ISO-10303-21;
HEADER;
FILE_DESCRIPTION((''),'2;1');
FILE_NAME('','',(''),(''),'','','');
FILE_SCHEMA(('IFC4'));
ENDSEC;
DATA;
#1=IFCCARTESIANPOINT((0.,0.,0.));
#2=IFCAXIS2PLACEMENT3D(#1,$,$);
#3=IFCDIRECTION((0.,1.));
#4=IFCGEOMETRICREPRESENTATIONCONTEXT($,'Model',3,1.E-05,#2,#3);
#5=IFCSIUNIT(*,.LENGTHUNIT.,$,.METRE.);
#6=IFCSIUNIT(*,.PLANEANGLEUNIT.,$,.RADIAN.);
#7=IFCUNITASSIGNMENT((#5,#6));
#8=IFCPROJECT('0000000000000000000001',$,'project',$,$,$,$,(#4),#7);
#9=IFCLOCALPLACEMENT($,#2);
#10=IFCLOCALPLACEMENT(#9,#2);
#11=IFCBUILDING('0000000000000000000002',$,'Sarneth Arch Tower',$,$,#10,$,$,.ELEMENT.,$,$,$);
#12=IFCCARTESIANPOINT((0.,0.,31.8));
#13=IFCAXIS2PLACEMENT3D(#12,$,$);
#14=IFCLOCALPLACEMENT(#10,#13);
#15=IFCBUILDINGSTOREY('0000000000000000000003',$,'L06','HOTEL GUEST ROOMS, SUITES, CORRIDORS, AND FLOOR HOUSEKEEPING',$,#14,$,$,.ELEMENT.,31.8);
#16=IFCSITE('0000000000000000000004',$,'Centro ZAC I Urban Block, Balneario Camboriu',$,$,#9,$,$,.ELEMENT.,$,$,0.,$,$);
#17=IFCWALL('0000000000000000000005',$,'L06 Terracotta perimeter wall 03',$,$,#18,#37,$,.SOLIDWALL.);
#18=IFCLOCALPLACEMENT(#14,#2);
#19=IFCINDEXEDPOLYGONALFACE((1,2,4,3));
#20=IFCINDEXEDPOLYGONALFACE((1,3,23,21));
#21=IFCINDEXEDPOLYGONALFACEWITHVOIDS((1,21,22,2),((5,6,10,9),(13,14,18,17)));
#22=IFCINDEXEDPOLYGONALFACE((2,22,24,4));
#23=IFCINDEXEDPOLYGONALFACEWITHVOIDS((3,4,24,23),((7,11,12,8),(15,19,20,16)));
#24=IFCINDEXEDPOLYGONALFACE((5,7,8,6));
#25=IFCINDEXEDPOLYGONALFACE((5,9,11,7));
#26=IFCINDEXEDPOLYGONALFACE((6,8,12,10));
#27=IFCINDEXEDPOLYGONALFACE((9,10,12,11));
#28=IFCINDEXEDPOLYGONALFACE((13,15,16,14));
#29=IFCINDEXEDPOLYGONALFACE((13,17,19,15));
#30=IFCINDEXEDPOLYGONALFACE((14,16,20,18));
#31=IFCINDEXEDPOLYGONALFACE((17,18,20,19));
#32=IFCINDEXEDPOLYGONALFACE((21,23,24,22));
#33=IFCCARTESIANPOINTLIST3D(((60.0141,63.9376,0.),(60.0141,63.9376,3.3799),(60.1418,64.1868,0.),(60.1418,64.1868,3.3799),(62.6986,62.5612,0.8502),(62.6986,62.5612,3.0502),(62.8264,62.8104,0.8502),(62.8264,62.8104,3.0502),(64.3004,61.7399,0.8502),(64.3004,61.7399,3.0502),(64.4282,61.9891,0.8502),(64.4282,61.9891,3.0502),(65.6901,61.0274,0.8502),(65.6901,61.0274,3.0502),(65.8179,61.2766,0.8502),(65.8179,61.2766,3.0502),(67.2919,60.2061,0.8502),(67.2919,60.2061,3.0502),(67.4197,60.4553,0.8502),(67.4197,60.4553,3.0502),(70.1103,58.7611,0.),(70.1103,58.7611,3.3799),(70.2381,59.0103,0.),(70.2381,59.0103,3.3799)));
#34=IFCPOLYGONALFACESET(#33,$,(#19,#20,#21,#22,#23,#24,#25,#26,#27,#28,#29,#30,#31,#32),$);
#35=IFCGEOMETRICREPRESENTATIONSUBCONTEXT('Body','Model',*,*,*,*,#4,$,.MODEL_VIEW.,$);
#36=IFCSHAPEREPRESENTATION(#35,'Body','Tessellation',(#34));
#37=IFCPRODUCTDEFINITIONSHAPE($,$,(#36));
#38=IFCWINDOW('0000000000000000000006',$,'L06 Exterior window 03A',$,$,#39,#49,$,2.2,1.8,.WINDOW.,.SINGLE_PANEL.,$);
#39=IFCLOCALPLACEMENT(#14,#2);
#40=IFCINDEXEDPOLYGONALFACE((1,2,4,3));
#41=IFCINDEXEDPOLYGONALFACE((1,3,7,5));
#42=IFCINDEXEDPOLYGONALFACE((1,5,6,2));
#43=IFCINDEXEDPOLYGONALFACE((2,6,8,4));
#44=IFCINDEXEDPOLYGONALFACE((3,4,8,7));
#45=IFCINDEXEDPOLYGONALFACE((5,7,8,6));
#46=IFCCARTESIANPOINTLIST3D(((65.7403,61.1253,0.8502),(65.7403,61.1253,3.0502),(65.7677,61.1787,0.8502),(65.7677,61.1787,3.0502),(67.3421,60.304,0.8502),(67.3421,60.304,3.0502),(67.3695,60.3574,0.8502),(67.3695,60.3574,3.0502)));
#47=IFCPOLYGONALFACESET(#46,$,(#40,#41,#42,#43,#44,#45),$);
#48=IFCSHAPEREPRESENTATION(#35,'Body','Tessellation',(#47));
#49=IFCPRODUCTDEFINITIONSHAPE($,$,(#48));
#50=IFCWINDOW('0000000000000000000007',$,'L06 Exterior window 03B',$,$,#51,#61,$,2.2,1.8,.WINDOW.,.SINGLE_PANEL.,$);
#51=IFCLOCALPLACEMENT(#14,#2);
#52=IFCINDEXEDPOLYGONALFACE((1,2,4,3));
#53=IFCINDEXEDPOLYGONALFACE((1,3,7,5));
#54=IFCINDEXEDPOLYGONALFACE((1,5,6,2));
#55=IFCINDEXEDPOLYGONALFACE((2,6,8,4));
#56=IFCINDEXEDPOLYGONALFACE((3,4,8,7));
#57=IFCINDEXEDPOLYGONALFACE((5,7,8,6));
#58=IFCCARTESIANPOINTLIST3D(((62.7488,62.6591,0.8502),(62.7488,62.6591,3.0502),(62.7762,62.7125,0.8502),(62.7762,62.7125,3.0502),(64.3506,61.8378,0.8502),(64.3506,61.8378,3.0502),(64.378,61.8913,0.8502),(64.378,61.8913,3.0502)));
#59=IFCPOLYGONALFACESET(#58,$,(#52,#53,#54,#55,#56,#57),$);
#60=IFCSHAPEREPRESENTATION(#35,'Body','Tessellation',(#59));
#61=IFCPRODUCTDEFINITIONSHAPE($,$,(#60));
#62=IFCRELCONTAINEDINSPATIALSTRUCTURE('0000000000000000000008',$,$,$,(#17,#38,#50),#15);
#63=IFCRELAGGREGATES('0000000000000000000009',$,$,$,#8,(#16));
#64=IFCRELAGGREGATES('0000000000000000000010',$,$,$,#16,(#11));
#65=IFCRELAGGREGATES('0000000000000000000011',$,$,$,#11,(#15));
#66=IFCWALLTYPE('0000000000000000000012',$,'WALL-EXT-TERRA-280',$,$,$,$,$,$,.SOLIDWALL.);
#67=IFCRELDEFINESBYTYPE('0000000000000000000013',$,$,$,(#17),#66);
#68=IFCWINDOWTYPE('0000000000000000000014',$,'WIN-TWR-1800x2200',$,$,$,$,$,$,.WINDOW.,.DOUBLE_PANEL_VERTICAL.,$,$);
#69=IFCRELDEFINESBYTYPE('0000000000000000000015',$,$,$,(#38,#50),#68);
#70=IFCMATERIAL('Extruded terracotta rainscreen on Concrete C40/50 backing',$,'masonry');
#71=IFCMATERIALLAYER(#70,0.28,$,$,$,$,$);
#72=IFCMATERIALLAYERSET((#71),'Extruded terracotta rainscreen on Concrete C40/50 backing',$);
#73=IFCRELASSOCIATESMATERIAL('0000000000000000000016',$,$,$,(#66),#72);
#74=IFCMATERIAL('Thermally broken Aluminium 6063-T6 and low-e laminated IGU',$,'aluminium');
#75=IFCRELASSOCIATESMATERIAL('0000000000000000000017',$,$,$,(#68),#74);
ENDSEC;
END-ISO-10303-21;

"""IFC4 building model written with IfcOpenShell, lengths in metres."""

from ifc_helpers import new_model, si_unit, direction, frame, frame_2d, origin, place, context, subcontext, project, spatial, rectangle, extrude, material, layer, layer_set, type_object, element, fill, save


model = new_model("IFC4")

# Units and contexts
model_context = context("Model", 3, precision=1e-05, world=origin(), true_north=direction((0.0, 1.0)))
body_context = subcontext(model_context, "Body", "Model", "MODEL_VIEW")
ifc_project = project(units=[si_unit("LENGTHUNIT", "METRE"), si_unit("PLANEANGLEUNIT", "RADIAN")], contexts=[model_context])

# Site, building, storey
site_placement = place(None, origin())
site = spatial("IfcSite", under=ifc_project, at=site_placement, Name="Centro ZAC I Urban Block, Balneario Camboriu", CompositionType="ELEMENT", RefElevation=0.0)
building_placement = place(site_placement, origin())
building = spatial("IfcBuilding", under=site, at=building_placement, Name="Sarneth Arch Tower", CompositionType="ELEMENT")
storey_placement = place(building_placement, frame((0.0, 0.0, 31.8)))
storey = spatial("IfcBuildingStorey", under=building, at=storey_placement, Name="L06", Description="HOTEL GUEST ROOMS, SUITES, CORRIDORS, AND FLOOR HOUSEKEEPING", CompositionType="ELEMENT", Elevation=31.8)

# Wall, openings, windows
ifc_material_1 = material(Name="Extruded terracotta rainscreen on Concrete C40/50 backing", Category="masonry")
ifc_layer_1 = layer(ifc_material_1, 0.28)
ifc_layer_set_1 = layer_set([ifc_layer_1], Name="Extruded terracotta rainscreen on Concrete C40/50 backing")
wall_type = type_object("IfcWallType", Name="WALL-EXT-TERRA-280", PredefinedType="SOLIDWALL", material=ifc_layer_set_1)
wall_placement = place(storey_placement, frame((70.1741, 58.8857, 0.0), z_axis=(0.0, 0.0, 1.0), x_axis=(-0.889854, 0.456245, 0.0)))
wall = element("IfcWall", 1, at=wall_placement, inside=storey, type_object=wall_type, Name="L06 Terracotta perimeter wall 03", PredefinedType="SOLIDWALL", context=body_context, shape_type="SweptSolid", body=[
    extrude(rectangle(XDim=11.3459, YDim=0.28, at=frame_2d((5.6729, 0.0))), origin(), (0.0, 0.0, 1.0), 3.3799),
])
opening_1_placement = place(wall_placement, frame((3.1672, 0.0, 0.8501)))
opening_1 = element("IfcOpeningElement", 2, at=opening_1_placement, cuts=wall, PredefinedType="OPENING", context=body_context, shape_type="SweptSolid", body=[
    extrude(rectangle(XDim=1.8, YDim=2.2, at=frame_2d((0.8999, 1.1001))), frame((0.0, 0.1499, 0.0), z_axis=(0.0, -1.0, 0.0), x_axis=(1.0, 0.0, 0.0)), (0.0, 0.0, 1.0), 0.3),
])
opening_2_placement = place(wall_placement, frame((6.5291, 0.0, 0.8501)))
opening_2 = element("IfcOpeningElement", 3, at=opening_2_placement, cuts=wall, PredefinedType="OPENING", context=body_context, shape_type="SweptSolid", body=[
    extrude(rectangle(XDim=1.8, YDim=2.2, at=frame_2d((0.8999, 1.1001))), frame((0.0, 0.1499, 0.0), z_axis=(0.0, -1.0, 0.0), x_axis=(1.0, 0.0, 0.0)), (0.0, 0.0, 1.0), 0.3),
])
ifc_material_2 = material(Name="Thermally broken Aluminium 6063-T6 and low-e laminated IGU", Category="aluminium")
window_type = type_object("IfcWindowType", Name="WIN-TWR-1800x2200", PartitioningType="DOUBLE_PANEL_VERTICAL", PredefinedType="WINDOW", material=ifc_material_2)
window_1_placement = place(opening_1_placement, origin())
window_1 = element("IfcWindow", 4, at=window_1_placement, inside=storey, type_object=window_type, Name="L06 Exterior window 03A", OverallHeight=2.2, OverallWidth=1.8, PartitioningType="SINGLE_PANEL", PredefinedType="WINDOW", context=body_context, shape_type="SweptSolid", body=[
    extrude(rectangle(XDim=1.8, YDim=2.2, at=frame_2d((0.8999, 1.1001))), frame((0.0, 0.03, 0.0), z_axis=(0.0, -1.0, 0.0), x_axis=(1.0, 0.0, 0.0)), (0.0, 0.0, 1.0), 0.0601),
])
fill(opening_1, window_1)
window_2_placement = place(opening_2_placement, origin())
window_2 = element("IfcWindow", 5, at=window_2_placement, inside=storey, type_object=window_type, Name="L06 Exterior window 03B", OverallHeight=2.2, OverallWidth=1.8, PartitioningType="SINGLE_PANEL", PredefinedType="WINDOW", context=body_context, shape_type="SweptSolid", body=[
    extrude(rectangle(XDim=1.8, YDim=2.2, at=frame_2d((0.8999, 1.1001))), frame((0.0, 0.03, 0.0), z_axis=(0.0, -1.0, 0.0), x_axis=(1.0, 0.0, 0.0)), (0.0, 0.0, 1.0), 0.0601),
])
fill(opening_2, window_2)

save(model, "model.ifc")
